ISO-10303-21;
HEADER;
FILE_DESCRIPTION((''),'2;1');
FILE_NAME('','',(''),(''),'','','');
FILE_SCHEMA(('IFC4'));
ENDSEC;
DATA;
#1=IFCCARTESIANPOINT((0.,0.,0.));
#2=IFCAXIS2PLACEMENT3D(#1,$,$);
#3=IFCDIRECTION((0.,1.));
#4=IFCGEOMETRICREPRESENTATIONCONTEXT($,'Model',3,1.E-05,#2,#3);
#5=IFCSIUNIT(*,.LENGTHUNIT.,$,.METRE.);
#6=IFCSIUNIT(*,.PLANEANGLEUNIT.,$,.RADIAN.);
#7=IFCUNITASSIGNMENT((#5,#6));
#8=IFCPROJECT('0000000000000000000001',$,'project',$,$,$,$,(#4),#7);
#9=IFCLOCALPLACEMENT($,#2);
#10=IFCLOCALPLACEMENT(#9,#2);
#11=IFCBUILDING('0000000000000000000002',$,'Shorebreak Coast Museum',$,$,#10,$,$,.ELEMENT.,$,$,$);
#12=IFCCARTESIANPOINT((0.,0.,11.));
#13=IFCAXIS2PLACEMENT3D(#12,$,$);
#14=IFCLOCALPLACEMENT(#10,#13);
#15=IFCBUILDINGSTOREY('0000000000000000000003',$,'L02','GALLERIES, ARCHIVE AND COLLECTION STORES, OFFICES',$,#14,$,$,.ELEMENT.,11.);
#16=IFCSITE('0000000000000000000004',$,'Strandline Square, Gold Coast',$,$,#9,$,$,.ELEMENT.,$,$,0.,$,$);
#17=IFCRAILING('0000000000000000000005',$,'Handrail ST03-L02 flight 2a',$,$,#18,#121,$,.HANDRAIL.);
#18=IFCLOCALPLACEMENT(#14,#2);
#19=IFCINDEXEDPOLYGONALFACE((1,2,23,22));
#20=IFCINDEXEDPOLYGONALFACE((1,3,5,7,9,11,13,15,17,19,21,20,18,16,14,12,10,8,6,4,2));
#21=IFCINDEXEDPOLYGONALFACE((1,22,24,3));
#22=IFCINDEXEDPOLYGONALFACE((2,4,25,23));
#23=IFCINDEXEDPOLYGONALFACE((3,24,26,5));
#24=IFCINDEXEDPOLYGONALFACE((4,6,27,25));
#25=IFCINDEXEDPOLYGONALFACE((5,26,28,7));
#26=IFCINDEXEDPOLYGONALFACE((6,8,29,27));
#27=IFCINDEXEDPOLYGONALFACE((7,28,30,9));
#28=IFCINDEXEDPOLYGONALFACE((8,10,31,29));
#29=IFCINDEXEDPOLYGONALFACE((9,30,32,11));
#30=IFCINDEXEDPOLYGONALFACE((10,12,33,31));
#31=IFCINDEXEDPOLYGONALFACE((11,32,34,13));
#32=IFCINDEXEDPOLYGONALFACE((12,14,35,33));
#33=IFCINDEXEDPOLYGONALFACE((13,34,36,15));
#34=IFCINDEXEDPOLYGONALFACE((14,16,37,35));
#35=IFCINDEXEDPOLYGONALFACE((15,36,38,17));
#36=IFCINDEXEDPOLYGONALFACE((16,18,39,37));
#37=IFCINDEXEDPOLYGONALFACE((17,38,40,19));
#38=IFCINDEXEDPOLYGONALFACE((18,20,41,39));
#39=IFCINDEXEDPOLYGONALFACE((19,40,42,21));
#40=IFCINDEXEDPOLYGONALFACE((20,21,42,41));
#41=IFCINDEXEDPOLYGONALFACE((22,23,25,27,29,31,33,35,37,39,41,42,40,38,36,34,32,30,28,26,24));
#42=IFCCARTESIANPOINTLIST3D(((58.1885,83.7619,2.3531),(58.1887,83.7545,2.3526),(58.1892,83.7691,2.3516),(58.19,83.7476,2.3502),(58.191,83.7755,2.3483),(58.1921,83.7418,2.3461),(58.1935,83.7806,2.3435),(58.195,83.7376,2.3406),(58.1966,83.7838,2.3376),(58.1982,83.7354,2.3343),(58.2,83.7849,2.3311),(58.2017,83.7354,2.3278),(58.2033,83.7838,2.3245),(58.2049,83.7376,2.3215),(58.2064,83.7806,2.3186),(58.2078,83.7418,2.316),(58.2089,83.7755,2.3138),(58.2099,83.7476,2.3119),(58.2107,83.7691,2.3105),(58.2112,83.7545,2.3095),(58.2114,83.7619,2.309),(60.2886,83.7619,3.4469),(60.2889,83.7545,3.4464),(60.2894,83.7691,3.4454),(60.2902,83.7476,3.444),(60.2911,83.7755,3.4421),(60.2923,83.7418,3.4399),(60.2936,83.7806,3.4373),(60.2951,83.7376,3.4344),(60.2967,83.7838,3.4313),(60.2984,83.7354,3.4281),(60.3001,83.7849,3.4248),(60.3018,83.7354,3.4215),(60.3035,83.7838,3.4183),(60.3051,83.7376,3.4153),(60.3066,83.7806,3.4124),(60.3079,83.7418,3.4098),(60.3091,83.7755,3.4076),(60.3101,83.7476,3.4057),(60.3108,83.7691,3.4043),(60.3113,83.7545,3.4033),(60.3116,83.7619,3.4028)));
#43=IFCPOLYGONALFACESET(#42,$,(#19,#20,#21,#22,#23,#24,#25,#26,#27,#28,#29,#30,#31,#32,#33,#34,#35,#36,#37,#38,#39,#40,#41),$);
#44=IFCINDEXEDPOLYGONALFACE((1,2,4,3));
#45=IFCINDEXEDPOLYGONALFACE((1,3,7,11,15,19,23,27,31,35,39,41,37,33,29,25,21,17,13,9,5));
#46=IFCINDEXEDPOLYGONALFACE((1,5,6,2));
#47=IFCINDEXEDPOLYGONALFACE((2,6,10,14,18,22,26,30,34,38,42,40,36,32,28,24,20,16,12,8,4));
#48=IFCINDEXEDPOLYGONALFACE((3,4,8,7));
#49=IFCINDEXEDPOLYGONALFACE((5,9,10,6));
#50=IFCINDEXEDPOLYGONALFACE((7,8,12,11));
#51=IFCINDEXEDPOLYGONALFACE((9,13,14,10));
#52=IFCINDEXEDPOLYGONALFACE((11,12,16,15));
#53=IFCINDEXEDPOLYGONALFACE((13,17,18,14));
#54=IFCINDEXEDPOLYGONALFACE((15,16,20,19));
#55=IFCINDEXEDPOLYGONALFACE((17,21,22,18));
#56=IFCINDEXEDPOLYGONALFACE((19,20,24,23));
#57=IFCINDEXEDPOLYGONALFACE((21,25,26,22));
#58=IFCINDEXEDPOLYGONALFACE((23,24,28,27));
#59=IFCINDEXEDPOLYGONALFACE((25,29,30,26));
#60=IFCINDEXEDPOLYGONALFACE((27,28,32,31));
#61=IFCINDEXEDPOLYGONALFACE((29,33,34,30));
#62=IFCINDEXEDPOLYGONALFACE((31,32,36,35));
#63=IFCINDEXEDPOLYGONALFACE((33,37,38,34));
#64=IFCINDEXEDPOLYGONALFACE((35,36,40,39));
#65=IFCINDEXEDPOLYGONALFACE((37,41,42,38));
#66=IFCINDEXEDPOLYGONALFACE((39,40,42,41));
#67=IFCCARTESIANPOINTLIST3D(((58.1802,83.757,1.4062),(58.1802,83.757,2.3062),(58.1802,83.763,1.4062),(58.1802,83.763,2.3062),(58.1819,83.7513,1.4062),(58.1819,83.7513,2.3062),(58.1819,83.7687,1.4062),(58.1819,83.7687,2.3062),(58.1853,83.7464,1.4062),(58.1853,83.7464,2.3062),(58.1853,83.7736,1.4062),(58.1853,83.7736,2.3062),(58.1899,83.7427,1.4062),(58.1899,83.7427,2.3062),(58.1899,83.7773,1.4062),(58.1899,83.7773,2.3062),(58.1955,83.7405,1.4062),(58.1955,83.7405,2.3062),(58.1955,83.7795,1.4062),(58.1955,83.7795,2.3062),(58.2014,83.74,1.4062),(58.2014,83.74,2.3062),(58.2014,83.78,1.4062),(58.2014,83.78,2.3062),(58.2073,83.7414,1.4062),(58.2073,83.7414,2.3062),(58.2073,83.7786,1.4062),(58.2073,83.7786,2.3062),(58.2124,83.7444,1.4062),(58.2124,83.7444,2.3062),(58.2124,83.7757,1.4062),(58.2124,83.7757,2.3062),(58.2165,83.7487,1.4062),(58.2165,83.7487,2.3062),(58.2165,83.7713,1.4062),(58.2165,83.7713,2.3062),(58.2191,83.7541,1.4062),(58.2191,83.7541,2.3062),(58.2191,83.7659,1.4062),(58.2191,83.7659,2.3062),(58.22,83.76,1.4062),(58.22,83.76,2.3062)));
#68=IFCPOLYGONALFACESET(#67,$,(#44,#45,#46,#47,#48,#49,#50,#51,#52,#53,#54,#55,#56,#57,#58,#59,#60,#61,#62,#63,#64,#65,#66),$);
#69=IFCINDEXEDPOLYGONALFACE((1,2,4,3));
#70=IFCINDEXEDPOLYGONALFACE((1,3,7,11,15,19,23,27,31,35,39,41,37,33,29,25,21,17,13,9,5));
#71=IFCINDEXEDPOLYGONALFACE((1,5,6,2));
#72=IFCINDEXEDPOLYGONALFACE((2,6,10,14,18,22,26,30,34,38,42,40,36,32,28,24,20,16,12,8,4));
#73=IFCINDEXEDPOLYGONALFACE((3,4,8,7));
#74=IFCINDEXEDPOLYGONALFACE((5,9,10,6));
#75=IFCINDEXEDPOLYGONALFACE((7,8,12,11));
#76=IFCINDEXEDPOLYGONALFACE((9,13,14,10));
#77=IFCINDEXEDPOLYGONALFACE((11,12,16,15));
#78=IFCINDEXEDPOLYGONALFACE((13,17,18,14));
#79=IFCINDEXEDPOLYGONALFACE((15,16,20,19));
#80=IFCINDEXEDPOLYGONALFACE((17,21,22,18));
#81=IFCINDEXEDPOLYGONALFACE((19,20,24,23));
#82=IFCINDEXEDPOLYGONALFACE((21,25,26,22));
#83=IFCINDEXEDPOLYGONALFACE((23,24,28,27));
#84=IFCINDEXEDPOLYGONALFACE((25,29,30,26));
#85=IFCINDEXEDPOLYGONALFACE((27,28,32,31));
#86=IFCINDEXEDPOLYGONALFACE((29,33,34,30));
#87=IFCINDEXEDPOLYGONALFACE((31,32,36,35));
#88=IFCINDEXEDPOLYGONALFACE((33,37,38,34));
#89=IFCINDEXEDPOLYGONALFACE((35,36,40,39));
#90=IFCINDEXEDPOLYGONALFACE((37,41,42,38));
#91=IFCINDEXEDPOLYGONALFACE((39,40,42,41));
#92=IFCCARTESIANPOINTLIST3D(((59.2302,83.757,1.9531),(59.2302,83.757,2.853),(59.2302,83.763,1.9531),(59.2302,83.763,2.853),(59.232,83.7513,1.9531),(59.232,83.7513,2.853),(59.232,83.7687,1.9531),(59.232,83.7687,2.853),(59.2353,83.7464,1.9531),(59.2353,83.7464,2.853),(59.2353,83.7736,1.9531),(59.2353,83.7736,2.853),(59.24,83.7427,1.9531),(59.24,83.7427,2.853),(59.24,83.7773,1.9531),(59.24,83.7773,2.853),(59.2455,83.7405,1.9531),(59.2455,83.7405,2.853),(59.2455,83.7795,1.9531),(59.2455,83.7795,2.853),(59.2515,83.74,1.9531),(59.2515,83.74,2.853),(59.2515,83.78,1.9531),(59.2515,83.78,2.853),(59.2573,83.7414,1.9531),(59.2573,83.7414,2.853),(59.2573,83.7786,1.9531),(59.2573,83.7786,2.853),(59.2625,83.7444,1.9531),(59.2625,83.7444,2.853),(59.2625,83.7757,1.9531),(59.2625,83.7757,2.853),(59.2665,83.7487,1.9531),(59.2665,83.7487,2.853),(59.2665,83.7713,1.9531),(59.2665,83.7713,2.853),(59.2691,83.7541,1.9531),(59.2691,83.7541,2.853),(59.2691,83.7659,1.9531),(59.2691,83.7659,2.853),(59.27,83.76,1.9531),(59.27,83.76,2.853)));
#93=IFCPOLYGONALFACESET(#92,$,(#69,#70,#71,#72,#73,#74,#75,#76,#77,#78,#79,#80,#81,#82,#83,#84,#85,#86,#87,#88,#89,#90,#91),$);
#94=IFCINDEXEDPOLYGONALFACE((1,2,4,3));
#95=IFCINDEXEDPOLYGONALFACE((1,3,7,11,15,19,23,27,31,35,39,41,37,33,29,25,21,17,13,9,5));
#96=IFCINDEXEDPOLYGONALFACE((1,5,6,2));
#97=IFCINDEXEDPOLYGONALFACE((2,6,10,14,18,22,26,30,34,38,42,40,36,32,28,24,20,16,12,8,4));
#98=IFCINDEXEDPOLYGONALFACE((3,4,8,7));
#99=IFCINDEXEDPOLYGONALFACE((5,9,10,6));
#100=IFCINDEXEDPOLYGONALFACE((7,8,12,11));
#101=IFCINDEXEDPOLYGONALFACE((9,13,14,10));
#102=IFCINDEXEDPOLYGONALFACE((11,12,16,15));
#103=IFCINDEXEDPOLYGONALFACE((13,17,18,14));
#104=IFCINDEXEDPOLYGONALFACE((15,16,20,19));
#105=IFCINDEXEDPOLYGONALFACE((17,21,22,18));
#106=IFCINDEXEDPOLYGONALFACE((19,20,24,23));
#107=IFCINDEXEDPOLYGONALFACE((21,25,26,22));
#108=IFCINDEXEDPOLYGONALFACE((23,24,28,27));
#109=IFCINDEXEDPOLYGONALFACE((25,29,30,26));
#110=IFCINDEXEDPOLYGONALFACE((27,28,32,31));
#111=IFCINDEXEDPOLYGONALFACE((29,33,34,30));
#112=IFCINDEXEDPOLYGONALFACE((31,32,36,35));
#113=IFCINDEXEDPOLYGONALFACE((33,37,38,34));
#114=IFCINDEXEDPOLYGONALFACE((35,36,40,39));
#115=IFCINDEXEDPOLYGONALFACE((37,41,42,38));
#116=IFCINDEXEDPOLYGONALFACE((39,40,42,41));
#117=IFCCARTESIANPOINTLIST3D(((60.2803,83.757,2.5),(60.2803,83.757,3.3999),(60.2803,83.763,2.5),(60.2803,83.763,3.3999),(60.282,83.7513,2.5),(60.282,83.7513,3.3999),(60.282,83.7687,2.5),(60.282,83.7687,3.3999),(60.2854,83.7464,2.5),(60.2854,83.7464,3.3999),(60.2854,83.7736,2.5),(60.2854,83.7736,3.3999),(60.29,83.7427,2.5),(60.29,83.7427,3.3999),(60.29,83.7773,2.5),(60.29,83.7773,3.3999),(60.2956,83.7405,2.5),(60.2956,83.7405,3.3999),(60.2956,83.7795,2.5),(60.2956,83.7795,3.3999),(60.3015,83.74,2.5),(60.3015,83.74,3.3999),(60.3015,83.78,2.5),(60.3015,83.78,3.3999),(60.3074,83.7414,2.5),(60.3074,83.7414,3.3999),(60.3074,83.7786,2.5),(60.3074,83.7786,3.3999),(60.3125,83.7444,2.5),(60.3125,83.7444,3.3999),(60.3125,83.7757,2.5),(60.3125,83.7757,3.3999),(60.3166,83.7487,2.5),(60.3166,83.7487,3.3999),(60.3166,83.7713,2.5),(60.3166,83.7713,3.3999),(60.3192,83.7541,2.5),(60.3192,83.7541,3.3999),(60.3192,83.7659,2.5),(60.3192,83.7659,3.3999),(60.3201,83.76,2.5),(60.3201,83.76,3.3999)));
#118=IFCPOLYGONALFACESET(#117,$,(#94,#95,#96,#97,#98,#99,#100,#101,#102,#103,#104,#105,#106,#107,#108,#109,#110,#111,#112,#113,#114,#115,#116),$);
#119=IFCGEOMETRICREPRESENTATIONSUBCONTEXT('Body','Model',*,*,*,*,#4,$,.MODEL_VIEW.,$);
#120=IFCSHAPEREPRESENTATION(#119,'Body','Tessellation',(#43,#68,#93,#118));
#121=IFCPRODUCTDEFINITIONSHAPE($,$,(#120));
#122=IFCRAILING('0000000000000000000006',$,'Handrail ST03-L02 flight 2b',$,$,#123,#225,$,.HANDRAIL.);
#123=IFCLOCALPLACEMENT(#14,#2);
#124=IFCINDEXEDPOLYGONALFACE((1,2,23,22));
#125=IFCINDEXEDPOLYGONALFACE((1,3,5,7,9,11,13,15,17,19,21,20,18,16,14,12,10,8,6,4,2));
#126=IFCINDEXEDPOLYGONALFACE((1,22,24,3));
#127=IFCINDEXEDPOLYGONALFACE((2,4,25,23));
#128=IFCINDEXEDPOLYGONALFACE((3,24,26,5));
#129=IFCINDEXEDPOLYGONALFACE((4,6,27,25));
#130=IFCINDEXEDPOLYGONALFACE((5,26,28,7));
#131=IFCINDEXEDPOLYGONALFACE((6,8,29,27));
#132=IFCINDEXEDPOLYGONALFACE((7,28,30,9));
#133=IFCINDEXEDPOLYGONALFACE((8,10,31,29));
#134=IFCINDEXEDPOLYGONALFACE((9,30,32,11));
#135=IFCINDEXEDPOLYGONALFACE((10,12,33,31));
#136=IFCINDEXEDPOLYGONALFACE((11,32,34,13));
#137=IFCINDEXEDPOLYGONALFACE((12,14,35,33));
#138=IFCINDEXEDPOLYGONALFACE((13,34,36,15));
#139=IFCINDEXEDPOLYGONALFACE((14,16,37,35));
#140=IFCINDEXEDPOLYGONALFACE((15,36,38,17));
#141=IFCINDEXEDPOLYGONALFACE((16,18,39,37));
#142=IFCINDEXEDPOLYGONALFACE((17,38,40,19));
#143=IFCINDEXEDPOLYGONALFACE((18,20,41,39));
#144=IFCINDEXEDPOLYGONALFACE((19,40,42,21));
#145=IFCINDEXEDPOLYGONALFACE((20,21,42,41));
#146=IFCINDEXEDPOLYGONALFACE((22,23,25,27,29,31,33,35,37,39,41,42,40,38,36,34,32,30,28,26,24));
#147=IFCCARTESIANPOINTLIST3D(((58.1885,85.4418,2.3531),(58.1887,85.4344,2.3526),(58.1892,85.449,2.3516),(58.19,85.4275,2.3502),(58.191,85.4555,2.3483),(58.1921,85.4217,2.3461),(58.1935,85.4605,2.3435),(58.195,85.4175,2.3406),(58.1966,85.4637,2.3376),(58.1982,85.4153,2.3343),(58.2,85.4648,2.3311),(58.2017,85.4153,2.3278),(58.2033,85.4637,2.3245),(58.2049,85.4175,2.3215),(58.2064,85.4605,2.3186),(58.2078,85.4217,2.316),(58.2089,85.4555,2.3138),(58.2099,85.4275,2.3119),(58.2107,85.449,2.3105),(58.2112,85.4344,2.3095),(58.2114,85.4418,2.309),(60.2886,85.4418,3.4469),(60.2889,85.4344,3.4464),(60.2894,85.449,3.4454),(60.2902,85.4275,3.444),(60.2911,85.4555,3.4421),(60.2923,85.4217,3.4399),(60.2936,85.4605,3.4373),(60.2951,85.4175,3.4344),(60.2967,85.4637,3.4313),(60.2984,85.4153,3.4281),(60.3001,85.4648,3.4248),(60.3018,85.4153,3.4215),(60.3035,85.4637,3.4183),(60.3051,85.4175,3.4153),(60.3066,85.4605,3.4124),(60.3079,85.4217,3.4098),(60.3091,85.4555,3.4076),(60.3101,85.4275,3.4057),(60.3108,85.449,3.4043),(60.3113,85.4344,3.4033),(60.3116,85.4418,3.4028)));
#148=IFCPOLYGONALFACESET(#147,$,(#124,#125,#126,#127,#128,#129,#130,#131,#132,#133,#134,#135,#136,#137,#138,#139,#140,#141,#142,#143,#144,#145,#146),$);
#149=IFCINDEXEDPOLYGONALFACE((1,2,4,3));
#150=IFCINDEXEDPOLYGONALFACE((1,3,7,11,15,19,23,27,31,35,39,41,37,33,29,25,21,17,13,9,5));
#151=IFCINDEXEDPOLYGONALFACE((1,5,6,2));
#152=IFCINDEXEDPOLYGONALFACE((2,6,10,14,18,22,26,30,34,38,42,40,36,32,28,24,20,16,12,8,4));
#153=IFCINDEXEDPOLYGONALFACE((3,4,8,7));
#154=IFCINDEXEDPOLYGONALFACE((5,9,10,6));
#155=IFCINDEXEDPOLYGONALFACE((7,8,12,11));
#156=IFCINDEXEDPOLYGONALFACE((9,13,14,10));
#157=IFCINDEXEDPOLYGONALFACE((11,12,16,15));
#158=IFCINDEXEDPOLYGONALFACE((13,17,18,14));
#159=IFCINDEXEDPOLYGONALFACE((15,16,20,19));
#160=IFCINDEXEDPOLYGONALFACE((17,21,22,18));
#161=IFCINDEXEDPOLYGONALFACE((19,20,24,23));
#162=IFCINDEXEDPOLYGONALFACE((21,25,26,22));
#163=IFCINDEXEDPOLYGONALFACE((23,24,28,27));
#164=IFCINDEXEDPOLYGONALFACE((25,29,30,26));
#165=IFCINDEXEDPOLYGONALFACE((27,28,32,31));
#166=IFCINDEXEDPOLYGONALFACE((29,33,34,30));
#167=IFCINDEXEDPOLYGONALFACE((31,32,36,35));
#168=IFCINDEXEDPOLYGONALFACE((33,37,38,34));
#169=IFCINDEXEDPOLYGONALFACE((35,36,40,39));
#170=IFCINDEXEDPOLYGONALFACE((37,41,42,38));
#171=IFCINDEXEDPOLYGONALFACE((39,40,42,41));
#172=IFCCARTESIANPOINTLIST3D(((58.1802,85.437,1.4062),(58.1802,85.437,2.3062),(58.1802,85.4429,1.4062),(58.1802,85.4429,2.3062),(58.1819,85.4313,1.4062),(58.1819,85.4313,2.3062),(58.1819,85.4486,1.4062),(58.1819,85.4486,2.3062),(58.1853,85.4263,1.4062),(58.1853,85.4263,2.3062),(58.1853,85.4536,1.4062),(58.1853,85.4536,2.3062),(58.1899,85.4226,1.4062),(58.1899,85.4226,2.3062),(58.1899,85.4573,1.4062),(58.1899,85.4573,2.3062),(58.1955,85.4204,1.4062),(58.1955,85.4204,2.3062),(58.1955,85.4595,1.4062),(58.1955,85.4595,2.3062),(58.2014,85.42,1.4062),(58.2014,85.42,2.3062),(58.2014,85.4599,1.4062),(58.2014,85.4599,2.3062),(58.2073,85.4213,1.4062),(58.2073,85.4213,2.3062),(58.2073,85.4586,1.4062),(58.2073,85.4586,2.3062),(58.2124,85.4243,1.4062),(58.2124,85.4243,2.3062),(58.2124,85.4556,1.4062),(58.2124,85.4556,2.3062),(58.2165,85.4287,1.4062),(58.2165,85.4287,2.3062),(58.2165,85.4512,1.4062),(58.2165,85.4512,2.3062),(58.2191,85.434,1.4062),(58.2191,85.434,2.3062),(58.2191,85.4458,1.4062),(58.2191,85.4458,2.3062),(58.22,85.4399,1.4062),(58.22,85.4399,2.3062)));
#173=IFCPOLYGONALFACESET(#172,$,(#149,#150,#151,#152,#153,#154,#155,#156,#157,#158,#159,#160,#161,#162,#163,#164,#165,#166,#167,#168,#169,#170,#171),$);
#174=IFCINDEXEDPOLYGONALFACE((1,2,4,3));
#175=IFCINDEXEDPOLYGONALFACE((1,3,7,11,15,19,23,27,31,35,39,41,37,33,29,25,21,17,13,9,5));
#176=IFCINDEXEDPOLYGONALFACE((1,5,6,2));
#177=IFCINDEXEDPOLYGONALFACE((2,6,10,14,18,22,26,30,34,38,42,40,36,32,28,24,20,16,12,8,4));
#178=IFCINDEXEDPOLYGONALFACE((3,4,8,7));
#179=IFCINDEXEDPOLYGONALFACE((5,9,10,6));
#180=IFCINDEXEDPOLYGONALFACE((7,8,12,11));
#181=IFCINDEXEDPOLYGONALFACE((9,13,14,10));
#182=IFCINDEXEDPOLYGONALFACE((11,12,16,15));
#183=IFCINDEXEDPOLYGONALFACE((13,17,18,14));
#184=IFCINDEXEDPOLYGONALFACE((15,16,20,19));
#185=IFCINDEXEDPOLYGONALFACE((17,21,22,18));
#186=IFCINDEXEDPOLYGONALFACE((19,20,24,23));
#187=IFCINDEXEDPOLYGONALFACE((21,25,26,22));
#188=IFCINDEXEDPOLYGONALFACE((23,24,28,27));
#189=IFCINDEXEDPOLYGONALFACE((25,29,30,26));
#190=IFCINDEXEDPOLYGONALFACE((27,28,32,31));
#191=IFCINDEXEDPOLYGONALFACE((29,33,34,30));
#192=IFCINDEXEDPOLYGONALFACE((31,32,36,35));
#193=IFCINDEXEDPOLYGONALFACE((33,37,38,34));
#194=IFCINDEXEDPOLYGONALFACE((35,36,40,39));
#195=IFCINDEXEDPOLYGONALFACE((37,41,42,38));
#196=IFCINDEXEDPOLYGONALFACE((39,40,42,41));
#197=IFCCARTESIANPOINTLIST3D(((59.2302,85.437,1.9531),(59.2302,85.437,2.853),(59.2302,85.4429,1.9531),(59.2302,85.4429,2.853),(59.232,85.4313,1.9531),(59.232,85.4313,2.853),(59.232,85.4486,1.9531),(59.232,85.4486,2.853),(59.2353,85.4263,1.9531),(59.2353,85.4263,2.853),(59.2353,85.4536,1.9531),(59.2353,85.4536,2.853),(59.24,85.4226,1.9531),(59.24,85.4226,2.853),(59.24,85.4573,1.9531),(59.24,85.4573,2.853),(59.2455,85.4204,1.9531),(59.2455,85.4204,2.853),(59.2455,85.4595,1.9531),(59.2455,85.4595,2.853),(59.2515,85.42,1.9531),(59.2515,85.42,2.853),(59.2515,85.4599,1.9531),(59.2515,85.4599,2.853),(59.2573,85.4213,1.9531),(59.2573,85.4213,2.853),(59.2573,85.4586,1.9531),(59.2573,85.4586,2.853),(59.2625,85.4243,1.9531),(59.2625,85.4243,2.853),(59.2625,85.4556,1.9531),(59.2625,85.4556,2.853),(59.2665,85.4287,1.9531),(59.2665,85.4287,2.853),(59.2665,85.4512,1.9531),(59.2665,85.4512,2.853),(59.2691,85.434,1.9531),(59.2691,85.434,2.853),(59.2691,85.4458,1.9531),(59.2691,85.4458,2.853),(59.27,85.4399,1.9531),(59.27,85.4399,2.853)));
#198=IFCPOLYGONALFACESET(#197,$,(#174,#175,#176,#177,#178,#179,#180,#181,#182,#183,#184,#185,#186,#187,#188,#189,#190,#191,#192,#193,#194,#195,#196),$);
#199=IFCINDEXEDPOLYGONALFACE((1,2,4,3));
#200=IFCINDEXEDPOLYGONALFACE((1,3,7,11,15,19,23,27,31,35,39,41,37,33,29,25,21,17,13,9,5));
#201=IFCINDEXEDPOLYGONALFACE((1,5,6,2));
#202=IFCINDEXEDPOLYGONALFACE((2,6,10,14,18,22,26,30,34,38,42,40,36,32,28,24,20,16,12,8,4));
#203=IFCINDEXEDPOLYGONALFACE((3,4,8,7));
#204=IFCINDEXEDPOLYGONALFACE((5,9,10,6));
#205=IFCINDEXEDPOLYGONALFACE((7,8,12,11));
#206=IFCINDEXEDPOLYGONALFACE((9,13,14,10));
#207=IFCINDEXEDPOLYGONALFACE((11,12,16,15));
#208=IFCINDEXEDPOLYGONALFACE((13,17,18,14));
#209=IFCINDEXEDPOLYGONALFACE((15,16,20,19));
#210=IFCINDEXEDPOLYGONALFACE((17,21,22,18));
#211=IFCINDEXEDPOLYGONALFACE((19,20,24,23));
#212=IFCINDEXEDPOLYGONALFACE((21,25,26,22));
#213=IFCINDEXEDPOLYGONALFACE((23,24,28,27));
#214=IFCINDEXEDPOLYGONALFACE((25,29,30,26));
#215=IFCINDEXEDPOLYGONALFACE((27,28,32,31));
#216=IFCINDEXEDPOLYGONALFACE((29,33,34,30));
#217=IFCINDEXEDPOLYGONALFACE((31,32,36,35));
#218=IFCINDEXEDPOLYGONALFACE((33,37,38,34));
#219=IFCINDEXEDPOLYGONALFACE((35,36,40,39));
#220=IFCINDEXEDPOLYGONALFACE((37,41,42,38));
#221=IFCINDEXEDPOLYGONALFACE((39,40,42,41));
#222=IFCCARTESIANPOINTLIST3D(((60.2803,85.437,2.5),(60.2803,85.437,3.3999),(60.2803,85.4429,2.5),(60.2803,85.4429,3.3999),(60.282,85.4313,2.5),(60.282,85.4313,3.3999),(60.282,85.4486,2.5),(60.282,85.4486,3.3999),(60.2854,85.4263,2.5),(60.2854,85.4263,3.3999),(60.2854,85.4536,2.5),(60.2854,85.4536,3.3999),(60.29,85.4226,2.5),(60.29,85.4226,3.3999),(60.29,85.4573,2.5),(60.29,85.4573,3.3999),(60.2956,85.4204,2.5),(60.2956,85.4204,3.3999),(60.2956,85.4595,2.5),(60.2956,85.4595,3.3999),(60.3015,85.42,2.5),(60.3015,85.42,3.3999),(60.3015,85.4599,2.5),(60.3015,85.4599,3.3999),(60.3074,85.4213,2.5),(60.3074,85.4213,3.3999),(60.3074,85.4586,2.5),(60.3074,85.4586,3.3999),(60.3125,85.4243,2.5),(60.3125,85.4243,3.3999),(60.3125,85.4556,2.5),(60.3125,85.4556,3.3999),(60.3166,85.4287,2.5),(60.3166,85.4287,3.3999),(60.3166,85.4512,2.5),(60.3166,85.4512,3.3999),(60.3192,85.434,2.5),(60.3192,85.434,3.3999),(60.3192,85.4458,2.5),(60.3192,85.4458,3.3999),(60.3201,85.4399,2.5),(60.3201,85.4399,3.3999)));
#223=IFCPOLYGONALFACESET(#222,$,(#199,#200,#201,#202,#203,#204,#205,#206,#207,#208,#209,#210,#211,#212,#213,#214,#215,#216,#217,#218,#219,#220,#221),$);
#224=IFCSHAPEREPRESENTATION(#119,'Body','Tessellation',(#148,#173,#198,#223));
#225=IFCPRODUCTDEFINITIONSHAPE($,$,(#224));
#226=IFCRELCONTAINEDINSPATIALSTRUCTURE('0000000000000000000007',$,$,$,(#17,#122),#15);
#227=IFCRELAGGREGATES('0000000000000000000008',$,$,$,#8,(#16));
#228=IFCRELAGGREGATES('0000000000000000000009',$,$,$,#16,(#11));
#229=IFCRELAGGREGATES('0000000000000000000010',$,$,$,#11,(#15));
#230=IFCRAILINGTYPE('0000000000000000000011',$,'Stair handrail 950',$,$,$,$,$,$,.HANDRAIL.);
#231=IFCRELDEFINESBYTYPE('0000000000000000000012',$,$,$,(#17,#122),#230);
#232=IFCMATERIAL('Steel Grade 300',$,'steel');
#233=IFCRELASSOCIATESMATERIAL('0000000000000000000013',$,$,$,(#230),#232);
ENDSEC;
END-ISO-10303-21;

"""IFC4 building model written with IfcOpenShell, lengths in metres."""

from ifc_helpers import new_model, si_unit, direction, frame, origin, origin_2d, place, context, subcontext, project, spatial, circle, extrude, material, type_object, element, save


model = new_model("IFC4")

# Units and contexts
model_context = context("Model", 3, precision=1e-05, world=origin(), true_north=direction((0.0, 1.0)))
body_context = subcontext(model_context, "Body", "Model", "MODEL_VIEW")
ifc_project = project(units=[si_unit("LENGTHUNIT", "METRE"), si_unit("PLANEANGLEUNIT", "RADIAN")], contexts=[model_context])

# Site, building, storey
site_placement = place(None, origin())
site = spatial("IfcSite", under=ifc_project, at=site_placement, Name="Strandline Square, Gold Coast", CompositionType="ELEMENT", RefElevation=0.0)
building_placement = place(site_placement, origin())
building = spatial("IfcBuilding", under=site, at=building_placement, Name="Shorebreak Coast Museum", CompositionType="ELEMENT")
storey_placement = place(building_placement, frame((0.0, 0.0, 11.0)))
storey = spatial("IfcBuildingStorey", under=building, at=storey_placement, Name="L02", Description="GALLERIES, ARCHIVE AND COLLECTION STORES, OFFICES", CompositionType="ELEMENT", Elevation=11.0)

# Railings
ifc_material_1 = material(Name="Steel Grade 300", Category="steel")
railing_type_1 = type_object("IfcRailingType", Name="Stair handrail 950", PredefinedType="HANDRAIL", material=ifc_material_1)
for number, where, name in (
    (1, (58.2, 83.76, 1.4062), "Handrail ST03-L02 flight 2a"),
    (2, (58.2, 85.4399, 1.4062), "Handrail ST03-L02 flight 2b"),
):
    element("IfcRailing", number, at=place(storey_placement, frame(where)), inside=storey, type_object=railing_type_1, Name=name, PredefinedType="HANDRAIL", context=body_context, shape_type="SweptSolid", body=[
        extrude(circle(Radius=0.0249, at=origin_2d()), frame((0.0, 0.0, 0.9248), z_axis=(0.886923, 0.0, 0.461918), x_axis=(0.0, 1.0, 0.0)), (0.0, 0.0, 1.0), 2.3679),
        extrude(circle(Radius=0.02, at=origin_2d()), origin(), (0.0, 0.0, 1.0), 0.8999),
        extrude(circle(Radius=0.02, at=origin_2d()), frame((1.05, 0.0, 0.5469)), (0.0, 0.0, 1.0), 0.8999),
        extrude(circle(Radius=0.02, at=origin_2d()), frame((2.1001, 0.0, 1.0938)), (0.0, 0.0, 1.0), 0.8999),
    ])

save(model, "model.ifc")
